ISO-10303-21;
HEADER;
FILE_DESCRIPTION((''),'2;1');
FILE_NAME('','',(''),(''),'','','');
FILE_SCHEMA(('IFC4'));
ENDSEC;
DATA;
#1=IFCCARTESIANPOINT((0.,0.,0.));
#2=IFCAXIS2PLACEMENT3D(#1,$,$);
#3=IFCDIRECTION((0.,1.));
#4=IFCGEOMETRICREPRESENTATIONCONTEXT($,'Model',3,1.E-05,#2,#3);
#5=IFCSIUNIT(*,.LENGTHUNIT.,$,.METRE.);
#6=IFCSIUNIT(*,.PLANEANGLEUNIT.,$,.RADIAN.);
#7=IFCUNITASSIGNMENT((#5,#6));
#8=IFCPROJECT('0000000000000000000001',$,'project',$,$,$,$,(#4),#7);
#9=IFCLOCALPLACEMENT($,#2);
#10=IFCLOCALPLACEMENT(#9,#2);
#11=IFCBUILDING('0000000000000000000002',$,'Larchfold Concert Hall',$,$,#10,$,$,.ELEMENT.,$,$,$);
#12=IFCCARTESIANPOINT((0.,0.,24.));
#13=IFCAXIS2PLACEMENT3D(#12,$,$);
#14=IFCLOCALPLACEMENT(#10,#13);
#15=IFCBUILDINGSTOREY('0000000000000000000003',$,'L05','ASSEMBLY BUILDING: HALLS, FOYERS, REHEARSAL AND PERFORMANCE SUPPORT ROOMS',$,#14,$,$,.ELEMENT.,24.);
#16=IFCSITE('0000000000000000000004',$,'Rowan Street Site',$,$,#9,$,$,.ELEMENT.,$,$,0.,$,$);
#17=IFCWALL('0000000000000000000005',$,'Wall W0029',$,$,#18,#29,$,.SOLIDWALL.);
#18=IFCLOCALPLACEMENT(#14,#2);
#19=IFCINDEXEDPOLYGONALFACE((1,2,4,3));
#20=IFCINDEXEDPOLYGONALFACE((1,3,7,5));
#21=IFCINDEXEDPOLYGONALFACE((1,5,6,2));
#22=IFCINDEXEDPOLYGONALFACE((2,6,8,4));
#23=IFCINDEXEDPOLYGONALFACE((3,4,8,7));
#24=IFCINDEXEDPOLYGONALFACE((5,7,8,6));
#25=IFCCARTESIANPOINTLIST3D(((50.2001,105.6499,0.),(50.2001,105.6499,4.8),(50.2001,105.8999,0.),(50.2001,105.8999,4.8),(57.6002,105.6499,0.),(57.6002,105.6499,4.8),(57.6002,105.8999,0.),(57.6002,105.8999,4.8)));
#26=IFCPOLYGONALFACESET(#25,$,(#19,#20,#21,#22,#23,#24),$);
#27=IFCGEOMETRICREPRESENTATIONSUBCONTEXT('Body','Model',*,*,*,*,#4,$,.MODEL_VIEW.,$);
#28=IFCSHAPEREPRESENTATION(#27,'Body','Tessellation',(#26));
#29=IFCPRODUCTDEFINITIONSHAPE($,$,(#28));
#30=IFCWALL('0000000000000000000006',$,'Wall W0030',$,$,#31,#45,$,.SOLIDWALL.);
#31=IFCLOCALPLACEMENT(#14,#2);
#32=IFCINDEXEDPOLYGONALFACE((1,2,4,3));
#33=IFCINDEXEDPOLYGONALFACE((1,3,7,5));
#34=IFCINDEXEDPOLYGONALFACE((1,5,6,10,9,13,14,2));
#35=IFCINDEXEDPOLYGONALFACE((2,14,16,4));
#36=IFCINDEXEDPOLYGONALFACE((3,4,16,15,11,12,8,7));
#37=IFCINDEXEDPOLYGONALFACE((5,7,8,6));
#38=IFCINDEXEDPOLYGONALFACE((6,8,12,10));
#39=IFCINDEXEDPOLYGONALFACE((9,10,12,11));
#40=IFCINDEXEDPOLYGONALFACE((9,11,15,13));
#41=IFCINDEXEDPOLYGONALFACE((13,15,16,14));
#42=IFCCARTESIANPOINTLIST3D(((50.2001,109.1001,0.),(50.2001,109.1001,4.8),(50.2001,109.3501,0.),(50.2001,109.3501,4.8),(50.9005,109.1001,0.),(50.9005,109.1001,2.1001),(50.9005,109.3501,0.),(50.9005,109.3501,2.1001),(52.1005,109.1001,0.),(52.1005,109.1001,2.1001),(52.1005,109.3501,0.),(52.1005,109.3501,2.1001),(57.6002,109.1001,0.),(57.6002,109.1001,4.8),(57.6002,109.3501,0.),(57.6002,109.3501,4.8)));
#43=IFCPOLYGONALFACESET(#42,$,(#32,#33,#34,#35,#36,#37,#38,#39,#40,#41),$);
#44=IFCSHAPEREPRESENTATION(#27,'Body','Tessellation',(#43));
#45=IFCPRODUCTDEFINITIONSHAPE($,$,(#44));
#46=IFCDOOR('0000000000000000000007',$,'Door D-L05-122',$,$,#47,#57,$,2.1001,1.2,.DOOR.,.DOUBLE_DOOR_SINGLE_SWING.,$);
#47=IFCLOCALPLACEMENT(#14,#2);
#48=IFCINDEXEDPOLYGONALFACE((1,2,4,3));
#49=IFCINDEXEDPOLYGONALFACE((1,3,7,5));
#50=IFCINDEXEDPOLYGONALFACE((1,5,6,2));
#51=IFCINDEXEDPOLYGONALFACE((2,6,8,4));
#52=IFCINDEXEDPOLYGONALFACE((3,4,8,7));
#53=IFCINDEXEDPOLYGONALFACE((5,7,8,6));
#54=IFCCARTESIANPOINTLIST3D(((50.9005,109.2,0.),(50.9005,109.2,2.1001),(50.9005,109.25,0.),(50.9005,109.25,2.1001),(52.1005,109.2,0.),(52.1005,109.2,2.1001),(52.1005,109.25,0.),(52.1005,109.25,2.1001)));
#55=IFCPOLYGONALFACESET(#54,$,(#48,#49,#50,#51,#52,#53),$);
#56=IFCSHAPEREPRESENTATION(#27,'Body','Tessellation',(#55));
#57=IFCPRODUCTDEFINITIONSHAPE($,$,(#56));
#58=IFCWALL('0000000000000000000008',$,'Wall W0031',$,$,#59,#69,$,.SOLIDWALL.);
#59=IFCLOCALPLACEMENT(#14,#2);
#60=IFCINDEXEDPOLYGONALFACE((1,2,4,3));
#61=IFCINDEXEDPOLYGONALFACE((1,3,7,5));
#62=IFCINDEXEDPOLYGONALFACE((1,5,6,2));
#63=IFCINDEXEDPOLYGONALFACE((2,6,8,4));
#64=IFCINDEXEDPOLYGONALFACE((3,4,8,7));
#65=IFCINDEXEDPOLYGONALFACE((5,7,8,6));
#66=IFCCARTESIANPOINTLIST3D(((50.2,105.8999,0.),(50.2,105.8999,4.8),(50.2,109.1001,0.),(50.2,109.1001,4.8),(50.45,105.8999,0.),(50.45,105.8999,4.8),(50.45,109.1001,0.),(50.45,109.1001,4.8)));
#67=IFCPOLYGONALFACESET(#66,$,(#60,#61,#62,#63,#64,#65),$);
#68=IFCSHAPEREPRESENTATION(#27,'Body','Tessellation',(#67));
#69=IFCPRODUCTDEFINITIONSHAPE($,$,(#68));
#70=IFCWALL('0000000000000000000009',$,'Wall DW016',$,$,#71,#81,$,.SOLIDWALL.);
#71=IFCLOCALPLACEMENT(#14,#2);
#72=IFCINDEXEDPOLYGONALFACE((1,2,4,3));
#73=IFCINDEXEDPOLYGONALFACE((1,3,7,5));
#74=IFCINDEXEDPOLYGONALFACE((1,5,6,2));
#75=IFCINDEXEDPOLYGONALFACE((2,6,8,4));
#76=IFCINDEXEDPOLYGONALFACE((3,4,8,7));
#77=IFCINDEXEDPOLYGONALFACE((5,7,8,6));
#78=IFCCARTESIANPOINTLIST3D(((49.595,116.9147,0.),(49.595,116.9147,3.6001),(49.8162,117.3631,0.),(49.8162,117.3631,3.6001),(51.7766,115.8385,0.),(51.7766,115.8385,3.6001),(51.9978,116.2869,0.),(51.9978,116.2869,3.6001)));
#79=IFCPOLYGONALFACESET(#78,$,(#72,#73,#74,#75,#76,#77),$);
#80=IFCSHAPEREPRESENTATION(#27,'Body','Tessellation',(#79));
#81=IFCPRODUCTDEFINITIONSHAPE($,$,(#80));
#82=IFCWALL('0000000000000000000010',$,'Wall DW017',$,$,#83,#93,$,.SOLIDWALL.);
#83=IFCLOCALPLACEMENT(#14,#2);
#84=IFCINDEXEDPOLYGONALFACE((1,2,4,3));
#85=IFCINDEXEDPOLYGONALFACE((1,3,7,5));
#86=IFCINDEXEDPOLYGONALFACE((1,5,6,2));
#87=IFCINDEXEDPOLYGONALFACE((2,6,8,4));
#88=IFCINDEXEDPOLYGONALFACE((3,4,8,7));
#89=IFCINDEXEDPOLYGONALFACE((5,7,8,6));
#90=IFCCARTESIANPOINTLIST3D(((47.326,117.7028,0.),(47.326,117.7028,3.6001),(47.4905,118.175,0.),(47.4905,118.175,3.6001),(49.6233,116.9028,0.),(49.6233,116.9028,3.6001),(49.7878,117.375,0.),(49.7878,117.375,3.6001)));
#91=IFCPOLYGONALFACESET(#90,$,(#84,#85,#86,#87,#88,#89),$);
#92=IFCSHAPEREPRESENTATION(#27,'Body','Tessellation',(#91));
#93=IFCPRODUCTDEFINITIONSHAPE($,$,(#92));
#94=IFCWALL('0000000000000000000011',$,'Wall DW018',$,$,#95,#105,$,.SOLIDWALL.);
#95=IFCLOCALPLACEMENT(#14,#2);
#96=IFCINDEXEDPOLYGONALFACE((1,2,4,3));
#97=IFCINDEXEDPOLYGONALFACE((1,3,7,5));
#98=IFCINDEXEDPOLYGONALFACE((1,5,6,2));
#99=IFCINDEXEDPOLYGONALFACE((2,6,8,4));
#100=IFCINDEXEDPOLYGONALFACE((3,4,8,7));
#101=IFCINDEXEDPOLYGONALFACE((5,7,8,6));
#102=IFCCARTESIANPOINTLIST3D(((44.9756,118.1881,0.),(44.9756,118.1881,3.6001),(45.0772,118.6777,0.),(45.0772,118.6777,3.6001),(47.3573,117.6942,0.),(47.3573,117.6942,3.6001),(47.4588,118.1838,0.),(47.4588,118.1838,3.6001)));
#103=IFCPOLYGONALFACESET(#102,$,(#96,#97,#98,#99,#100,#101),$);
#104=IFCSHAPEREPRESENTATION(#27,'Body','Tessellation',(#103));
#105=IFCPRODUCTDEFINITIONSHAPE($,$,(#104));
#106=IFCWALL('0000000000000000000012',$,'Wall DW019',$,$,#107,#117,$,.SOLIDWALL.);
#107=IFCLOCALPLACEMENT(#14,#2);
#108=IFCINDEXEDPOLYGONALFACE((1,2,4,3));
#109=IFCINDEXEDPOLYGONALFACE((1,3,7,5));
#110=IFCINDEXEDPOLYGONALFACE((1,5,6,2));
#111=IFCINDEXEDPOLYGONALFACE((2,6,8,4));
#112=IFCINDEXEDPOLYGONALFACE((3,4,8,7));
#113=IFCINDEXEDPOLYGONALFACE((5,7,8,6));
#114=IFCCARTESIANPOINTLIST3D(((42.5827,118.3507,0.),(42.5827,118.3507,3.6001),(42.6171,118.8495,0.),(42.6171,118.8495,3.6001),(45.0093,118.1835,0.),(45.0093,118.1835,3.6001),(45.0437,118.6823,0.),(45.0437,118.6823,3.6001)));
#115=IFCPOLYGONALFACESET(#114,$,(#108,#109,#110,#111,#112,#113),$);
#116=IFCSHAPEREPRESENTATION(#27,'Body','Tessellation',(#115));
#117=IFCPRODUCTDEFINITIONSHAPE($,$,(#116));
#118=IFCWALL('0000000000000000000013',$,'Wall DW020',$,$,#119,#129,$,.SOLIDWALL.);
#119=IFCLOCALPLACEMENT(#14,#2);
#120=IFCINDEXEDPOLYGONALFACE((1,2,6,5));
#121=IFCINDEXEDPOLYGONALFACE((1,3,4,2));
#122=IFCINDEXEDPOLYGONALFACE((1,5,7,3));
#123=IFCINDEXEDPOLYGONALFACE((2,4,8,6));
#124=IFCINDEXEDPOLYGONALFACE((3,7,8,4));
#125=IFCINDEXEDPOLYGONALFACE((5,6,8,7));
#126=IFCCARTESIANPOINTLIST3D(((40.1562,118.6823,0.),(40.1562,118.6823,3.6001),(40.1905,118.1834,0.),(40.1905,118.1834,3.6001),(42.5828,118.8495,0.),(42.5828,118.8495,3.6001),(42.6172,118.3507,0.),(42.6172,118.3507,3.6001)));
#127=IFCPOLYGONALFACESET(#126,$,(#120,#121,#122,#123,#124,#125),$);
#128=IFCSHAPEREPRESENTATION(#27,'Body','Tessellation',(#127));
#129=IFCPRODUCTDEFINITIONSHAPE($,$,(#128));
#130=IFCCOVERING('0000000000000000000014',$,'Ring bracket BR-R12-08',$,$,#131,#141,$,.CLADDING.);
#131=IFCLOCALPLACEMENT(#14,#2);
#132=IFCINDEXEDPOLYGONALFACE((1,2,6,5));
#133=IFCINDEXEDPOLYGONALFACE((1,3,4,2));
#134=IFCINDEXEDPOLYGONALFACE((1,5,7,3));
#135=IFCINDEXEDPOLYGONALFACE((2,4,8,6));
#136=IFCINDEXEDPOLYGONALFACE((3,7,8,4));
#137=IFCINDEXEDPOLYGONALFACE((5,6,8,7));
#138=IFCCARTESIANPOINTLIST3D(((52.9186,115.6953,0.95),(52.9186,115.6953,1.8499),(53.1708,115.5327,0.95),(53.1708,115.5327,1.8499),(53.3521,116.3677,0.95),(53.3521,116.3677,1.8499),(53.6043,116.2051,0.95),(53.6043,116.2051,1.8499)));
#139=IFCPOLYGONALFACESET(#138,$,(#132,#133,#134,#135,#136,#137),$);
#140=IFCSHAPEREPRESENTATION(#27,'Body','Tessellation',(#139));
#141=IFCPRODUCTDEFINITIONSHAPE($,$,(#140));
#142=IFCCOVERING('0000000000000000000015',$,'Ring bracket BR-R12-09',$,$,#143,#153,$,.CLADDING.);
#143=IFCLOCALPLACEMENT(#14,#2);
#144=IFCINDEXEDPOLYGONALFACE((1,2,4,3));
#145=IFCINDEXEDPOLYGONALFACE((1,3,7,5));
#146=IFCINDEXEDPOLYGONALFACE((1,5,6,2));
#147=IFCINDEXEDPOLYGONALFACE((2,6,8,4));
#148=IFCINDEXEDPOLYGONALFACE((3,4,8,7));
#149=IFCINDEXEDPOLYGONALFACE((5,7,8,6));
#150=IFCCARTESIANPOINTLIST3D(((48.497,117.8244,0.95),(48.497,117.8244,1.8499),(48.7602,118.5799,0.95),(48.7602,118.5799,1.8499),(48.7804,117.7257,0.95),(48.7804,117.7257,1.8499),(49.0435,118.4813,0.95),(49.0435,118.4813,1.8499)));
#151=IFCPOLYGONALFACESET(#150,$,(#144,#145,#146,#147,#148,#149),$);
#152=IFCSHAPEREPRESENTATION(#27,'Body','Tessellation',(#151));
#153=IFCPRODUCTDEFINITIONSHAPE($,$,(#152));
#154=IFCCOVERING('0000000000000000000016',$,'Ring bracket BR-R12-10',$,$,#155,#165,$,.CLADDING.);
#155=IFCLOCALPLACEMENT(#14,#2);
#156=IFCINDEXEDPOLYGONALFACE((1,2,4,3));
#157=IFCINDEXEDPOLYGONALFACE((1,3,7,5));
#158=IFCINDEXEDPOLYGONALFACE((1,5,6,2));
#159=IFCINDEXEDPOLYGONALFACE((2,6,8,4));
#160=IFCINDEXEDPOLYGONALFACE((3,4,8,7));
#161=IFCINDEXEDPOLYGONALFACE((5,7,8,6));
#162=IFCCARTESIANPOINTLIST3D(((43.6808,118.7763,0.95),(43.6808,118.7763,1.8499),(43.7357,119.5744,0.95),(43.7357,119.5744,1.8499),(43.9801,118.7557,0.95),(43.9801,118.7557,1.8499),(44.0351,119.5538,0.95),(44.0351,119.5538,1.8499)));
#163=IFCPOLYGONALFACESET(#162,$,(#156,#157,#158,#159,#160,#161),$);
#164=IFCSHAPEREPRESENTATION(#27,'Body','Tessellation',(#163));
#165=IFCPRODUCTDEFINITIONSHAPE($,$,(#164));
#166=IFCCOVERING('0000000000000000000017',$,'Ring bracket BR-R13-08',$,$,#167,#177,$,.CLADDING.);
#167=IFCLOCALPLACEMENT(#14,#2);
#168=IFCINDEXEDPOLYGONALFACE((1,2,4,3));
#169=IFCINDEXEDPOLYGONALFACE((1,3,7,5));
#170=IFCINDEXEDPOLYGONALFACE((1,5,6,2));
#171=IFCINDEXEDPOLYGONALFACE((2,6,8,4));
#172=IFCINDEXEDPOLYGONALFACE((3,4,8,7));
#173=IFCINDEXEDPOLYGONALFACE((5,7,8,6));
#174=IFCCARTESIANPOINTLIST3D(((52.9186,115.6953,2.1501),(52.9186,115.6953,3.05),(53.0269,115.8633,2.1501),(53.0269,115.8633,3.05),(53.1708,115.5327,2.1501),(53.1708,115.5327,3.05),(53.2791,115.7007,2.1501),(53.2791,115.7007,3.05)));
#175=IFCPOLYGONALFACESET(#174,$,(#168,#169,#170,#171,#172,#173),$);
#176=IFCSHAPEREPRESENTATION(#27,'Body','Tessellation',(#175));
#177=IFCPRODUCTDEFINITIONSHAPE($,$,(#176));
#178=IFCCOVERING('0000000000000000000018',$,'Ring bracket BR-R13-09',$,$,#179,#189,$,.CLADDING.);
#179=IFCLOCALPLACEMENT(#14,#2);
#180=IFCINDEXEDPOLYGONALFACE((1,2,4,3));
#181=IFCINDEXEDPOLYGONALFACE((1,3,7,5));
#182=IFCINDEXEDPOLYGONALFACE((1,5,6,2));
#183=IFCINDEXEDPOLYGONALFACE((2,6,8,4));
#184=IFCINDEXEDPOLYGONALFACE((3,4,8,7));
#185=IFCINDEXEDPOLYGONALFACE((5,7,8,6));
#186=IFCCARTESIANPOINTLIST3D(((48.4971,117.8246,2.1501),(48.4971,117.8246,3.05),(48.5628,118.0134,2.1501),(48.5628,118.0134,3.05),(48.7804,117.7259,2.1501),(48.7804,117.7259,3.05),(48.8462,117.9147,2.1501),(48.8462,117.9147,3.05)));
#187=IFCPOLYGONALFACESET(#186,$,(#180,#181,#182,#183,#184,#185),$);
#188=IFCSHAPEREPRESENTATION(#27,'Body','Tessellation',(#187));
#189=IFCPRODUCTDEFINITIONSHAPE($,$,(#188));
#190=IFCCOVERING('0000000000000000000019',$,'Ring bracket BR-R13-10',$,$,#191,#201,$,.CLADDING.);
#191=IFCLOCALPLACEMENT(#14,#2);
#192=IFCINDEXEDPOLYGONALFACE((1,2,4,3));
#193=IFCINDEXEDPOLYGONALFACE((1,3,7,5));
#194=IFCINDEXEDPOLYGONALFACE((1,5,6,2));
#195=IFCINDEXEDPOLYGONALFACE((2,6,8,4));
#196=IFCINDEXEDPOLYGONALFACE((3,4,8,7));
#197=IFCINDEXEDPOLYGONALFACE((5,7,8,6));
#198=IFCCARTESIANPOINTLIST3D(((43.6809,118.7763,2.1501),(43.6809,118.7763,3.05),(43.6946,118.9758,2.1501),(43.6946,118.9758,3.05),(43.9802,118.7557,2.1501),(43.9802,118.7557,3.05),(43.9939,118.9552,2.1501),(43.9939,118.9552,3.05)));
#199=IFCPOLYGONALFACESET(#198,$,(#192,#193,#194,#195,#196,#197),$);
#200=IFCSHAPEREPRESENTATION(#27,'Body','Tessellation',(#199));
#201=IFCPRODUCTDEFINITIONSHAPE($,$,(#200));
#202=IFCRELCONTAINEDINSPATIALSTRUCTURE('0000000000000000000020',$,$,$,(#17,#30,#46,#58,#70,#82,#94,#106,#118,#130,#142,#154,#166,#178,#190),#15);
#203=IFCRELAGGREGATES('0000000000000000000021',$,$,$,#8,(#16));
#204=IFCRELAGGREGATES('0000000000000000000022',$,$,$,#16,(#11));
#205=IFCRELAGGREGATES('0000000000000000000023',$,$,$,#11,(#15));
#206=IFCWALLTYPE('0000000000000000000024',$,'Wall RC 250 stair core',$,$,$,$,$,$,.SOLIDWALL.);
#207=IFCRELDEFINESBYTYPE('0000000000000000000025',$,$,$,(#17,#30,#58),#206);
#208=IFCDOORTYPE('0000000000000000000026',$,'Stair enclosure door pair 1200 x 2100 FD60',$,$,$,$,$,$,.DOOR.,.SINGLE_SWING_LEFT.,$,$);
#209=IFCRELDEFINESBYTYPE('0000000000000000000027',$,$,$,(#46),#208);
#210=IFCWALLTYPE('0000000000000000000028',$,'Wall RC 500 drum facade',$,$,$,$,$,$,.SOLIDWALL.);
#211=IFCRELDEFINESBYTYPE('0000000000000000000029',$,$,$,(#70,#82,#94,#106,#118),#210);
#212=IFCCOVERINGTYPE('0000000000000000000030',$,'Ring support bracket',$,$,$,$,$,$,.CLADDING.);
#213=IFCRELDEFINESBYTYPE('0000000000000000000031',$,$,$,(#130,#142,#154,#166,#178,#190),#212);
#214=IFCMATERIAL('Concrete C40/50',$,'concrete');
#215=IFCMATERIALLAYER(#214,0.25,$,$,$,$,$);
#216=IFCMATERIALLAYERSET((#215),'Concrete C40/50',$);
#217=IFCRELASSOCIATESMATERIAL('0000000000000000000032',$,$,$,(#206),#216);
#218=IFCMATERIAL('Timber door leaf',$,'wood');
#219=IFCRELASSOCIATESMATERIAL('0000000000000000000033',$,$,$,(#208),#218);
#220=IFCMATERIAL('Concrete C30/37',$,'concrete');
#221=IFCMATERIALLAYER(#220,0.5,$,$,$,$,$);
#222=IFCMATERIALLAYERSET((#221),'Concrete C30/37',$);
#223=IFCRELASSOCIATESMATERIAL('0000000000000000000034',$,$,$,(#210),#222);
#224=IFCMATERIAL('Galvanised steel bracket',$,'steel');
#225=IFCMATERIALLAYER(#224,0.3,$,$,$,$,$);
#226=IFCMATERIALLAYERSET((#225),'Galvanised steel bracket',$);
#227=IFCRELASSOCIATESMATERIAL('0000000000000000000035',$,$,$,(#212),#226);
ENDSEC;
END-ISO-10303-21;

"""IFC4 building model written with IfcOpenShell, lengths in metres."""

from ifc_helpers import new_model, si_unit, direction, frame, frame_2d, origin, origin_2d, place, context, subcontext, project, spatial, rectangle, extrude, material, layer, layer_set, type_object, element, fill, save


model = new_model("IFC4")

# Units and contexts
model_context = context("Model", 3, precision=1e-05, world=origin(), true_north=direction((0.0, 1.0)))
body_context = subcontext(model_context, "Body", "Model", "MODEL_VIEW")
ifc_project = project(units=[si_unit("LENGTHUNIT", "METRE"), si_unit("PLANEANGLEUNIT", "RADIAN")], contexts=[model_context])

# Site, building, storey
site_placement = place(None, origin())
site = spatial("IfcSite", under=ifc_project, at=site_placement, Name="Rowan Street Site", CompositionType="ELEMENT", RefElevation=0.0)
building_placement = place(site_placement, origin())
building = spatial("IfcBuilding", under=site, at=building_placement, Name="Larchfold Concert Hall", CompositionType="ELEMENT")
storey_placement = place(building_placement, frame((0.0, 0.0, 24.0)))
storey = spatial("IfcBuildingStorey", under=building, at=storey_placement, Name="L05", Description="ASSEMBLY BUILDING: HALLS, FOYERS, REHEARSAL AND PERFORMANCE SUPPORT ROOMS", CompositionType="ELEMENT", Elevation=24.0)

# Wall
ifc_material_1 = material(Name="Concrete C40/50", Category="concrete")
ifc_layer_1 = layer(ifc_material_1, 0.25)
ifc_layer_set_1 = layer_set([ifc_layer_1], Name="Concrete C40/50")
wall_type_1 = type_object("IfcWallType", Name="Wall RC 250 stair core", PredefinedType="SOLIDWALL", material=ifc_layer_set_1)
wall_1_placement = place(storey_placement, frame((50.2, 105.7749, 0.0), z_axis=(0.0, 0.0, 1.0), x_axis=(1.0, 0.0, 0.0)))
element("IfcWall", 1, at=wall_1_placement, inside=storey, type_object=wall_type_1, Name="Wall W0029", PredefinedType="SOLIDWALL", context=body_context, shape_type="SweptSolid", body=[
    extrude(rectangle(XDim=7.4001, YDim=0.25, at=frame_2d((3.7002, 0.0))), origin(), (0.0, 0.0, 1.0), 4.8),
])

# Wall, opening, door
wall_2_placement = place(storey_placement, frame((50.2, 109.2251, 0.0), z_axis=(0.0, 0.0, 1.0), x_axis=(1.0, 0.0, 0.0)))
wall_2 = element("IfcWall", 2, at=wall_2_placement, inside=storey, type_object=wall_type_1, Name="Wall W0030", PredefinedType="SOLIDWALL", context=body_context, shape_type="SweptSolid", body=[
    extrude(rectangle(XDim=7.4001, YDim=0.25, at=frame_2d((3.7002, 0.0))), origin(), (0.0, 0.0, 1.0), 4.8),
])
opening_1_placement = place(wall_2_placement, frame((0.7004, 0.0, 0.0)))
opening_1 = element("IfcOpeningElement", 3, at=opening_1_placement, cuts=wall_2, PredefinedType="OPENING", context=body_context, shape_type="SweptSolid", body=[
    extrude(rectangle(XDim=1.2, YDim=2.1001, at=frame_2d((0.6001, 1.05))), frame((0.0, 0.135, 0.0), z_axis=(0.0, -1.0, 0.0), x_axis=(1.0, 0.0, 0.0)), (0.0, 0.0, 1.0), 0.27),
])
ifc_material_2 = material(Name="Timber door leaf", Category="wood")
door_type_1 = type_object("IfcDoorType", Name="Stair enclosure door pair 1200 x 2100 FD60", OperationType="SINGLE_SWING_LEFT", PredefinedType="DOOR", material=ifc_material_2)
door_1_placement = place(opening_1_placement, origin())
door_1 = element("IfcDoor", 4, at=door_1_placement, inside=storey, type_object=door_type_1, Name="Door D-L05-122", OperationType="DOUBLE_DOOR_SINGLE_SWING", OverallHeight=2.1001, OverallWidth=1.2, PredefinedType="DOOR", context=body_context, shape_type="SweptSolid", body=[
    extrude(rectangle(XDim=1.2, YDim=2.1001, at=frame_2d((0.6001, 1.05))), frame((0.0, 0.0249, 0.0), z_axis=(0.0, -1.0, 0.0), x_axis=(1.0, 0.0, 0.0)), (0.0, 0.0, 1.0), 0.05),
])
fill(opening_1, door_1)

# Walls
wall_3_placement = place(storey_placement, frame((50.325, 105.8999, 0.0), z_axis=(0.0, 0.0, 1.0), x_axis=(0.0, 1.0, 0.0)))
element("IfcWall", 5, at=wall_3_placement, inside=storey, type_object=wall_type_1, Name="Wall W0031", PredefinedType="SOLIDWALL", context=body_context, shape_type="SweptSolid", body=[
    extrude(rectangle(XDim=3.2002, YDim=0.25, at=frame_2d((1.6001, 0.0))), origin(), (0.0, 0.0, 1.0), 4.8),
])
ifc_material_3 = material(Name="Concrete C30/37", Category="concrete")
ifc_layer_2 = layer(ifc_material_3, 0.5)
ifc_layer_set_2 = layer_set([ifc_layer_2], Name="Concrete C30/37")
wall_type_2 = type_object("IfcWallType", Name="Wall RC 500 drum facade", PredefinedType="SOLIDWALL", material=ifc_layer_set_2)
for number, where, z_axis, x_axis, name in (
    (6, (51.8872, 116.0627, 0.0), (0.0, 0.0, 1.0), (-0.896823, 0.44239, 0.0), "Wall DW016"),
    (7, (49.7056, 117.1389, 0.0), (0.0, 0.0, 1.0), (-0.944374, 0.328875, 0.0), "Wall DW017"),
):
    element("IfcWall", number, at=place(storey_placement, frame(where, z_axis=z_axis, x_axis=x_axis)), inside=storey, type_object=wall_type_2, Name=name, PredefinedType="SOLIDWALL", context=body_context, shape_type="SweptSolid", body=[
        extrude(rectangle(XDim=2.4326, YDim=0.5, at=frame_2d((1.2163, 0.0))), origin(), (0.0, 0.0, 1.0), 3.6001),
    ])
for number, where, z_axis, x_axis, name in (
    (8, (47.4082, 117.939, 0.0), (0.0, 0.0, 1.0), (-0.979166, 0.20306, 0.0), "Wall DW018"),
    (9, (45.0266, 118.4329, 0.0), (0.0, 0.0, 1.0), (-0.997633, 0.068757, 0.0), "Wall DW019"),
    (10, (42.6001, 118.6001, 0.0), (0.0, 0.0, 1.0), (-0.997633, -0.068757, 0.0), "Wall DW020"),
):
    element("IfcWall", number, at=place(storey_placement, frame(where, z_axis=z_axis, x_axis=x_axis)), inside=storey, type_object=wall_type_2, Name=name, PredefinedType="SOLIDWALL", context=body_context, shape_type="SweptSolid", body=[
        extrude(rectangle(XDim=2.4324, YDim=0.5, at=frame_2d((1.2163, 0.0))), origin(), (0.0, 0.0, 1.0), 3.6001),
    ])

# Coverings
ifc_material_4 = material(Name="Galvanised steel bracket", Category="steel")
ifc_layer_3 = layer(ifc_material_4, 0.3)
ifc_layer_set_3 = layer_set([ifc_layer_3], Name="Galvanised steel bracket")
covering_type = type_object("IfcCoveringType", Name="Ring support bracket", PredefinedType="CLADDING", material=ifc_layer_set_3)
for number, where, z_axis, x_axis, name in (
    (11, (53.2615, 115.9502, 0.95), (0.0, 0.0, 1.0), (0.54181, 0.840501, 0.0), "Ring bracket BR-R12-08"),
    (12, (48.7703, 118.1528, 0.95), (0.0, 0.0, 1.0), (0.32892, 0.944358, 0.0), "Ring bracket BR-R12-09"),
    (13, (43.8579, 119.165, 0.95), (0.0, 0.0, 1.0), (0.068693, 0.997638, 0.0), "Ring bracket BR-R12-10"),
):
    element("IfcCovering", number, at=place(storey_placement, frame(where, z_axis=z_axis, x_axis=x_axis)), inside=storey, type_object=covering_type, Name=name, PredefinedType="CLADDING", context=body_context, shape_type="SweptSolid", body=[
        extrude(rectangle(XDim=0.8, YDim=0.3, at=origin_2d()), origin(), (0.0, 0.0, 1.0), 0.8999),
    ])
for number, where, z_axis, x_axis, name in (
    (14, (53.0989, 115.698, 2.1501), (0.0, 0.0, 1.0), (0.54181, 0.840501, 0.0), "Ring bracket BR-R13-08"),
    (15, (48.6716, 117.8696, 2.1501), (0.0, 0.0, 1.0), (0.32892, 0.944358, 0.0), "Ring bracket BR-R13-09"),
    (16, (43.8374, 118.8657, 2.1501), (0.0, 0.0, 1.0), (0.068693, 0.997638, 0.0), "Ring bracket BR-R13-10"),
):
    element("IfcCovering", number, at=place(storey_placement, frame(where, z_axis=z_axis, x_axis=x_axis)), inside=storey, type_object=covering_type, Name=name, PredefinedType="CLADDING", context=body_context, shape_type="SweptSolid", body=[
        extrude(rectangle(XDim=0.2, YDim=0.3, at=origin_2d()), origin(), (0.0, 0.0, 1.0), 0.8999),
    ])

save(model, "model.ifc")
